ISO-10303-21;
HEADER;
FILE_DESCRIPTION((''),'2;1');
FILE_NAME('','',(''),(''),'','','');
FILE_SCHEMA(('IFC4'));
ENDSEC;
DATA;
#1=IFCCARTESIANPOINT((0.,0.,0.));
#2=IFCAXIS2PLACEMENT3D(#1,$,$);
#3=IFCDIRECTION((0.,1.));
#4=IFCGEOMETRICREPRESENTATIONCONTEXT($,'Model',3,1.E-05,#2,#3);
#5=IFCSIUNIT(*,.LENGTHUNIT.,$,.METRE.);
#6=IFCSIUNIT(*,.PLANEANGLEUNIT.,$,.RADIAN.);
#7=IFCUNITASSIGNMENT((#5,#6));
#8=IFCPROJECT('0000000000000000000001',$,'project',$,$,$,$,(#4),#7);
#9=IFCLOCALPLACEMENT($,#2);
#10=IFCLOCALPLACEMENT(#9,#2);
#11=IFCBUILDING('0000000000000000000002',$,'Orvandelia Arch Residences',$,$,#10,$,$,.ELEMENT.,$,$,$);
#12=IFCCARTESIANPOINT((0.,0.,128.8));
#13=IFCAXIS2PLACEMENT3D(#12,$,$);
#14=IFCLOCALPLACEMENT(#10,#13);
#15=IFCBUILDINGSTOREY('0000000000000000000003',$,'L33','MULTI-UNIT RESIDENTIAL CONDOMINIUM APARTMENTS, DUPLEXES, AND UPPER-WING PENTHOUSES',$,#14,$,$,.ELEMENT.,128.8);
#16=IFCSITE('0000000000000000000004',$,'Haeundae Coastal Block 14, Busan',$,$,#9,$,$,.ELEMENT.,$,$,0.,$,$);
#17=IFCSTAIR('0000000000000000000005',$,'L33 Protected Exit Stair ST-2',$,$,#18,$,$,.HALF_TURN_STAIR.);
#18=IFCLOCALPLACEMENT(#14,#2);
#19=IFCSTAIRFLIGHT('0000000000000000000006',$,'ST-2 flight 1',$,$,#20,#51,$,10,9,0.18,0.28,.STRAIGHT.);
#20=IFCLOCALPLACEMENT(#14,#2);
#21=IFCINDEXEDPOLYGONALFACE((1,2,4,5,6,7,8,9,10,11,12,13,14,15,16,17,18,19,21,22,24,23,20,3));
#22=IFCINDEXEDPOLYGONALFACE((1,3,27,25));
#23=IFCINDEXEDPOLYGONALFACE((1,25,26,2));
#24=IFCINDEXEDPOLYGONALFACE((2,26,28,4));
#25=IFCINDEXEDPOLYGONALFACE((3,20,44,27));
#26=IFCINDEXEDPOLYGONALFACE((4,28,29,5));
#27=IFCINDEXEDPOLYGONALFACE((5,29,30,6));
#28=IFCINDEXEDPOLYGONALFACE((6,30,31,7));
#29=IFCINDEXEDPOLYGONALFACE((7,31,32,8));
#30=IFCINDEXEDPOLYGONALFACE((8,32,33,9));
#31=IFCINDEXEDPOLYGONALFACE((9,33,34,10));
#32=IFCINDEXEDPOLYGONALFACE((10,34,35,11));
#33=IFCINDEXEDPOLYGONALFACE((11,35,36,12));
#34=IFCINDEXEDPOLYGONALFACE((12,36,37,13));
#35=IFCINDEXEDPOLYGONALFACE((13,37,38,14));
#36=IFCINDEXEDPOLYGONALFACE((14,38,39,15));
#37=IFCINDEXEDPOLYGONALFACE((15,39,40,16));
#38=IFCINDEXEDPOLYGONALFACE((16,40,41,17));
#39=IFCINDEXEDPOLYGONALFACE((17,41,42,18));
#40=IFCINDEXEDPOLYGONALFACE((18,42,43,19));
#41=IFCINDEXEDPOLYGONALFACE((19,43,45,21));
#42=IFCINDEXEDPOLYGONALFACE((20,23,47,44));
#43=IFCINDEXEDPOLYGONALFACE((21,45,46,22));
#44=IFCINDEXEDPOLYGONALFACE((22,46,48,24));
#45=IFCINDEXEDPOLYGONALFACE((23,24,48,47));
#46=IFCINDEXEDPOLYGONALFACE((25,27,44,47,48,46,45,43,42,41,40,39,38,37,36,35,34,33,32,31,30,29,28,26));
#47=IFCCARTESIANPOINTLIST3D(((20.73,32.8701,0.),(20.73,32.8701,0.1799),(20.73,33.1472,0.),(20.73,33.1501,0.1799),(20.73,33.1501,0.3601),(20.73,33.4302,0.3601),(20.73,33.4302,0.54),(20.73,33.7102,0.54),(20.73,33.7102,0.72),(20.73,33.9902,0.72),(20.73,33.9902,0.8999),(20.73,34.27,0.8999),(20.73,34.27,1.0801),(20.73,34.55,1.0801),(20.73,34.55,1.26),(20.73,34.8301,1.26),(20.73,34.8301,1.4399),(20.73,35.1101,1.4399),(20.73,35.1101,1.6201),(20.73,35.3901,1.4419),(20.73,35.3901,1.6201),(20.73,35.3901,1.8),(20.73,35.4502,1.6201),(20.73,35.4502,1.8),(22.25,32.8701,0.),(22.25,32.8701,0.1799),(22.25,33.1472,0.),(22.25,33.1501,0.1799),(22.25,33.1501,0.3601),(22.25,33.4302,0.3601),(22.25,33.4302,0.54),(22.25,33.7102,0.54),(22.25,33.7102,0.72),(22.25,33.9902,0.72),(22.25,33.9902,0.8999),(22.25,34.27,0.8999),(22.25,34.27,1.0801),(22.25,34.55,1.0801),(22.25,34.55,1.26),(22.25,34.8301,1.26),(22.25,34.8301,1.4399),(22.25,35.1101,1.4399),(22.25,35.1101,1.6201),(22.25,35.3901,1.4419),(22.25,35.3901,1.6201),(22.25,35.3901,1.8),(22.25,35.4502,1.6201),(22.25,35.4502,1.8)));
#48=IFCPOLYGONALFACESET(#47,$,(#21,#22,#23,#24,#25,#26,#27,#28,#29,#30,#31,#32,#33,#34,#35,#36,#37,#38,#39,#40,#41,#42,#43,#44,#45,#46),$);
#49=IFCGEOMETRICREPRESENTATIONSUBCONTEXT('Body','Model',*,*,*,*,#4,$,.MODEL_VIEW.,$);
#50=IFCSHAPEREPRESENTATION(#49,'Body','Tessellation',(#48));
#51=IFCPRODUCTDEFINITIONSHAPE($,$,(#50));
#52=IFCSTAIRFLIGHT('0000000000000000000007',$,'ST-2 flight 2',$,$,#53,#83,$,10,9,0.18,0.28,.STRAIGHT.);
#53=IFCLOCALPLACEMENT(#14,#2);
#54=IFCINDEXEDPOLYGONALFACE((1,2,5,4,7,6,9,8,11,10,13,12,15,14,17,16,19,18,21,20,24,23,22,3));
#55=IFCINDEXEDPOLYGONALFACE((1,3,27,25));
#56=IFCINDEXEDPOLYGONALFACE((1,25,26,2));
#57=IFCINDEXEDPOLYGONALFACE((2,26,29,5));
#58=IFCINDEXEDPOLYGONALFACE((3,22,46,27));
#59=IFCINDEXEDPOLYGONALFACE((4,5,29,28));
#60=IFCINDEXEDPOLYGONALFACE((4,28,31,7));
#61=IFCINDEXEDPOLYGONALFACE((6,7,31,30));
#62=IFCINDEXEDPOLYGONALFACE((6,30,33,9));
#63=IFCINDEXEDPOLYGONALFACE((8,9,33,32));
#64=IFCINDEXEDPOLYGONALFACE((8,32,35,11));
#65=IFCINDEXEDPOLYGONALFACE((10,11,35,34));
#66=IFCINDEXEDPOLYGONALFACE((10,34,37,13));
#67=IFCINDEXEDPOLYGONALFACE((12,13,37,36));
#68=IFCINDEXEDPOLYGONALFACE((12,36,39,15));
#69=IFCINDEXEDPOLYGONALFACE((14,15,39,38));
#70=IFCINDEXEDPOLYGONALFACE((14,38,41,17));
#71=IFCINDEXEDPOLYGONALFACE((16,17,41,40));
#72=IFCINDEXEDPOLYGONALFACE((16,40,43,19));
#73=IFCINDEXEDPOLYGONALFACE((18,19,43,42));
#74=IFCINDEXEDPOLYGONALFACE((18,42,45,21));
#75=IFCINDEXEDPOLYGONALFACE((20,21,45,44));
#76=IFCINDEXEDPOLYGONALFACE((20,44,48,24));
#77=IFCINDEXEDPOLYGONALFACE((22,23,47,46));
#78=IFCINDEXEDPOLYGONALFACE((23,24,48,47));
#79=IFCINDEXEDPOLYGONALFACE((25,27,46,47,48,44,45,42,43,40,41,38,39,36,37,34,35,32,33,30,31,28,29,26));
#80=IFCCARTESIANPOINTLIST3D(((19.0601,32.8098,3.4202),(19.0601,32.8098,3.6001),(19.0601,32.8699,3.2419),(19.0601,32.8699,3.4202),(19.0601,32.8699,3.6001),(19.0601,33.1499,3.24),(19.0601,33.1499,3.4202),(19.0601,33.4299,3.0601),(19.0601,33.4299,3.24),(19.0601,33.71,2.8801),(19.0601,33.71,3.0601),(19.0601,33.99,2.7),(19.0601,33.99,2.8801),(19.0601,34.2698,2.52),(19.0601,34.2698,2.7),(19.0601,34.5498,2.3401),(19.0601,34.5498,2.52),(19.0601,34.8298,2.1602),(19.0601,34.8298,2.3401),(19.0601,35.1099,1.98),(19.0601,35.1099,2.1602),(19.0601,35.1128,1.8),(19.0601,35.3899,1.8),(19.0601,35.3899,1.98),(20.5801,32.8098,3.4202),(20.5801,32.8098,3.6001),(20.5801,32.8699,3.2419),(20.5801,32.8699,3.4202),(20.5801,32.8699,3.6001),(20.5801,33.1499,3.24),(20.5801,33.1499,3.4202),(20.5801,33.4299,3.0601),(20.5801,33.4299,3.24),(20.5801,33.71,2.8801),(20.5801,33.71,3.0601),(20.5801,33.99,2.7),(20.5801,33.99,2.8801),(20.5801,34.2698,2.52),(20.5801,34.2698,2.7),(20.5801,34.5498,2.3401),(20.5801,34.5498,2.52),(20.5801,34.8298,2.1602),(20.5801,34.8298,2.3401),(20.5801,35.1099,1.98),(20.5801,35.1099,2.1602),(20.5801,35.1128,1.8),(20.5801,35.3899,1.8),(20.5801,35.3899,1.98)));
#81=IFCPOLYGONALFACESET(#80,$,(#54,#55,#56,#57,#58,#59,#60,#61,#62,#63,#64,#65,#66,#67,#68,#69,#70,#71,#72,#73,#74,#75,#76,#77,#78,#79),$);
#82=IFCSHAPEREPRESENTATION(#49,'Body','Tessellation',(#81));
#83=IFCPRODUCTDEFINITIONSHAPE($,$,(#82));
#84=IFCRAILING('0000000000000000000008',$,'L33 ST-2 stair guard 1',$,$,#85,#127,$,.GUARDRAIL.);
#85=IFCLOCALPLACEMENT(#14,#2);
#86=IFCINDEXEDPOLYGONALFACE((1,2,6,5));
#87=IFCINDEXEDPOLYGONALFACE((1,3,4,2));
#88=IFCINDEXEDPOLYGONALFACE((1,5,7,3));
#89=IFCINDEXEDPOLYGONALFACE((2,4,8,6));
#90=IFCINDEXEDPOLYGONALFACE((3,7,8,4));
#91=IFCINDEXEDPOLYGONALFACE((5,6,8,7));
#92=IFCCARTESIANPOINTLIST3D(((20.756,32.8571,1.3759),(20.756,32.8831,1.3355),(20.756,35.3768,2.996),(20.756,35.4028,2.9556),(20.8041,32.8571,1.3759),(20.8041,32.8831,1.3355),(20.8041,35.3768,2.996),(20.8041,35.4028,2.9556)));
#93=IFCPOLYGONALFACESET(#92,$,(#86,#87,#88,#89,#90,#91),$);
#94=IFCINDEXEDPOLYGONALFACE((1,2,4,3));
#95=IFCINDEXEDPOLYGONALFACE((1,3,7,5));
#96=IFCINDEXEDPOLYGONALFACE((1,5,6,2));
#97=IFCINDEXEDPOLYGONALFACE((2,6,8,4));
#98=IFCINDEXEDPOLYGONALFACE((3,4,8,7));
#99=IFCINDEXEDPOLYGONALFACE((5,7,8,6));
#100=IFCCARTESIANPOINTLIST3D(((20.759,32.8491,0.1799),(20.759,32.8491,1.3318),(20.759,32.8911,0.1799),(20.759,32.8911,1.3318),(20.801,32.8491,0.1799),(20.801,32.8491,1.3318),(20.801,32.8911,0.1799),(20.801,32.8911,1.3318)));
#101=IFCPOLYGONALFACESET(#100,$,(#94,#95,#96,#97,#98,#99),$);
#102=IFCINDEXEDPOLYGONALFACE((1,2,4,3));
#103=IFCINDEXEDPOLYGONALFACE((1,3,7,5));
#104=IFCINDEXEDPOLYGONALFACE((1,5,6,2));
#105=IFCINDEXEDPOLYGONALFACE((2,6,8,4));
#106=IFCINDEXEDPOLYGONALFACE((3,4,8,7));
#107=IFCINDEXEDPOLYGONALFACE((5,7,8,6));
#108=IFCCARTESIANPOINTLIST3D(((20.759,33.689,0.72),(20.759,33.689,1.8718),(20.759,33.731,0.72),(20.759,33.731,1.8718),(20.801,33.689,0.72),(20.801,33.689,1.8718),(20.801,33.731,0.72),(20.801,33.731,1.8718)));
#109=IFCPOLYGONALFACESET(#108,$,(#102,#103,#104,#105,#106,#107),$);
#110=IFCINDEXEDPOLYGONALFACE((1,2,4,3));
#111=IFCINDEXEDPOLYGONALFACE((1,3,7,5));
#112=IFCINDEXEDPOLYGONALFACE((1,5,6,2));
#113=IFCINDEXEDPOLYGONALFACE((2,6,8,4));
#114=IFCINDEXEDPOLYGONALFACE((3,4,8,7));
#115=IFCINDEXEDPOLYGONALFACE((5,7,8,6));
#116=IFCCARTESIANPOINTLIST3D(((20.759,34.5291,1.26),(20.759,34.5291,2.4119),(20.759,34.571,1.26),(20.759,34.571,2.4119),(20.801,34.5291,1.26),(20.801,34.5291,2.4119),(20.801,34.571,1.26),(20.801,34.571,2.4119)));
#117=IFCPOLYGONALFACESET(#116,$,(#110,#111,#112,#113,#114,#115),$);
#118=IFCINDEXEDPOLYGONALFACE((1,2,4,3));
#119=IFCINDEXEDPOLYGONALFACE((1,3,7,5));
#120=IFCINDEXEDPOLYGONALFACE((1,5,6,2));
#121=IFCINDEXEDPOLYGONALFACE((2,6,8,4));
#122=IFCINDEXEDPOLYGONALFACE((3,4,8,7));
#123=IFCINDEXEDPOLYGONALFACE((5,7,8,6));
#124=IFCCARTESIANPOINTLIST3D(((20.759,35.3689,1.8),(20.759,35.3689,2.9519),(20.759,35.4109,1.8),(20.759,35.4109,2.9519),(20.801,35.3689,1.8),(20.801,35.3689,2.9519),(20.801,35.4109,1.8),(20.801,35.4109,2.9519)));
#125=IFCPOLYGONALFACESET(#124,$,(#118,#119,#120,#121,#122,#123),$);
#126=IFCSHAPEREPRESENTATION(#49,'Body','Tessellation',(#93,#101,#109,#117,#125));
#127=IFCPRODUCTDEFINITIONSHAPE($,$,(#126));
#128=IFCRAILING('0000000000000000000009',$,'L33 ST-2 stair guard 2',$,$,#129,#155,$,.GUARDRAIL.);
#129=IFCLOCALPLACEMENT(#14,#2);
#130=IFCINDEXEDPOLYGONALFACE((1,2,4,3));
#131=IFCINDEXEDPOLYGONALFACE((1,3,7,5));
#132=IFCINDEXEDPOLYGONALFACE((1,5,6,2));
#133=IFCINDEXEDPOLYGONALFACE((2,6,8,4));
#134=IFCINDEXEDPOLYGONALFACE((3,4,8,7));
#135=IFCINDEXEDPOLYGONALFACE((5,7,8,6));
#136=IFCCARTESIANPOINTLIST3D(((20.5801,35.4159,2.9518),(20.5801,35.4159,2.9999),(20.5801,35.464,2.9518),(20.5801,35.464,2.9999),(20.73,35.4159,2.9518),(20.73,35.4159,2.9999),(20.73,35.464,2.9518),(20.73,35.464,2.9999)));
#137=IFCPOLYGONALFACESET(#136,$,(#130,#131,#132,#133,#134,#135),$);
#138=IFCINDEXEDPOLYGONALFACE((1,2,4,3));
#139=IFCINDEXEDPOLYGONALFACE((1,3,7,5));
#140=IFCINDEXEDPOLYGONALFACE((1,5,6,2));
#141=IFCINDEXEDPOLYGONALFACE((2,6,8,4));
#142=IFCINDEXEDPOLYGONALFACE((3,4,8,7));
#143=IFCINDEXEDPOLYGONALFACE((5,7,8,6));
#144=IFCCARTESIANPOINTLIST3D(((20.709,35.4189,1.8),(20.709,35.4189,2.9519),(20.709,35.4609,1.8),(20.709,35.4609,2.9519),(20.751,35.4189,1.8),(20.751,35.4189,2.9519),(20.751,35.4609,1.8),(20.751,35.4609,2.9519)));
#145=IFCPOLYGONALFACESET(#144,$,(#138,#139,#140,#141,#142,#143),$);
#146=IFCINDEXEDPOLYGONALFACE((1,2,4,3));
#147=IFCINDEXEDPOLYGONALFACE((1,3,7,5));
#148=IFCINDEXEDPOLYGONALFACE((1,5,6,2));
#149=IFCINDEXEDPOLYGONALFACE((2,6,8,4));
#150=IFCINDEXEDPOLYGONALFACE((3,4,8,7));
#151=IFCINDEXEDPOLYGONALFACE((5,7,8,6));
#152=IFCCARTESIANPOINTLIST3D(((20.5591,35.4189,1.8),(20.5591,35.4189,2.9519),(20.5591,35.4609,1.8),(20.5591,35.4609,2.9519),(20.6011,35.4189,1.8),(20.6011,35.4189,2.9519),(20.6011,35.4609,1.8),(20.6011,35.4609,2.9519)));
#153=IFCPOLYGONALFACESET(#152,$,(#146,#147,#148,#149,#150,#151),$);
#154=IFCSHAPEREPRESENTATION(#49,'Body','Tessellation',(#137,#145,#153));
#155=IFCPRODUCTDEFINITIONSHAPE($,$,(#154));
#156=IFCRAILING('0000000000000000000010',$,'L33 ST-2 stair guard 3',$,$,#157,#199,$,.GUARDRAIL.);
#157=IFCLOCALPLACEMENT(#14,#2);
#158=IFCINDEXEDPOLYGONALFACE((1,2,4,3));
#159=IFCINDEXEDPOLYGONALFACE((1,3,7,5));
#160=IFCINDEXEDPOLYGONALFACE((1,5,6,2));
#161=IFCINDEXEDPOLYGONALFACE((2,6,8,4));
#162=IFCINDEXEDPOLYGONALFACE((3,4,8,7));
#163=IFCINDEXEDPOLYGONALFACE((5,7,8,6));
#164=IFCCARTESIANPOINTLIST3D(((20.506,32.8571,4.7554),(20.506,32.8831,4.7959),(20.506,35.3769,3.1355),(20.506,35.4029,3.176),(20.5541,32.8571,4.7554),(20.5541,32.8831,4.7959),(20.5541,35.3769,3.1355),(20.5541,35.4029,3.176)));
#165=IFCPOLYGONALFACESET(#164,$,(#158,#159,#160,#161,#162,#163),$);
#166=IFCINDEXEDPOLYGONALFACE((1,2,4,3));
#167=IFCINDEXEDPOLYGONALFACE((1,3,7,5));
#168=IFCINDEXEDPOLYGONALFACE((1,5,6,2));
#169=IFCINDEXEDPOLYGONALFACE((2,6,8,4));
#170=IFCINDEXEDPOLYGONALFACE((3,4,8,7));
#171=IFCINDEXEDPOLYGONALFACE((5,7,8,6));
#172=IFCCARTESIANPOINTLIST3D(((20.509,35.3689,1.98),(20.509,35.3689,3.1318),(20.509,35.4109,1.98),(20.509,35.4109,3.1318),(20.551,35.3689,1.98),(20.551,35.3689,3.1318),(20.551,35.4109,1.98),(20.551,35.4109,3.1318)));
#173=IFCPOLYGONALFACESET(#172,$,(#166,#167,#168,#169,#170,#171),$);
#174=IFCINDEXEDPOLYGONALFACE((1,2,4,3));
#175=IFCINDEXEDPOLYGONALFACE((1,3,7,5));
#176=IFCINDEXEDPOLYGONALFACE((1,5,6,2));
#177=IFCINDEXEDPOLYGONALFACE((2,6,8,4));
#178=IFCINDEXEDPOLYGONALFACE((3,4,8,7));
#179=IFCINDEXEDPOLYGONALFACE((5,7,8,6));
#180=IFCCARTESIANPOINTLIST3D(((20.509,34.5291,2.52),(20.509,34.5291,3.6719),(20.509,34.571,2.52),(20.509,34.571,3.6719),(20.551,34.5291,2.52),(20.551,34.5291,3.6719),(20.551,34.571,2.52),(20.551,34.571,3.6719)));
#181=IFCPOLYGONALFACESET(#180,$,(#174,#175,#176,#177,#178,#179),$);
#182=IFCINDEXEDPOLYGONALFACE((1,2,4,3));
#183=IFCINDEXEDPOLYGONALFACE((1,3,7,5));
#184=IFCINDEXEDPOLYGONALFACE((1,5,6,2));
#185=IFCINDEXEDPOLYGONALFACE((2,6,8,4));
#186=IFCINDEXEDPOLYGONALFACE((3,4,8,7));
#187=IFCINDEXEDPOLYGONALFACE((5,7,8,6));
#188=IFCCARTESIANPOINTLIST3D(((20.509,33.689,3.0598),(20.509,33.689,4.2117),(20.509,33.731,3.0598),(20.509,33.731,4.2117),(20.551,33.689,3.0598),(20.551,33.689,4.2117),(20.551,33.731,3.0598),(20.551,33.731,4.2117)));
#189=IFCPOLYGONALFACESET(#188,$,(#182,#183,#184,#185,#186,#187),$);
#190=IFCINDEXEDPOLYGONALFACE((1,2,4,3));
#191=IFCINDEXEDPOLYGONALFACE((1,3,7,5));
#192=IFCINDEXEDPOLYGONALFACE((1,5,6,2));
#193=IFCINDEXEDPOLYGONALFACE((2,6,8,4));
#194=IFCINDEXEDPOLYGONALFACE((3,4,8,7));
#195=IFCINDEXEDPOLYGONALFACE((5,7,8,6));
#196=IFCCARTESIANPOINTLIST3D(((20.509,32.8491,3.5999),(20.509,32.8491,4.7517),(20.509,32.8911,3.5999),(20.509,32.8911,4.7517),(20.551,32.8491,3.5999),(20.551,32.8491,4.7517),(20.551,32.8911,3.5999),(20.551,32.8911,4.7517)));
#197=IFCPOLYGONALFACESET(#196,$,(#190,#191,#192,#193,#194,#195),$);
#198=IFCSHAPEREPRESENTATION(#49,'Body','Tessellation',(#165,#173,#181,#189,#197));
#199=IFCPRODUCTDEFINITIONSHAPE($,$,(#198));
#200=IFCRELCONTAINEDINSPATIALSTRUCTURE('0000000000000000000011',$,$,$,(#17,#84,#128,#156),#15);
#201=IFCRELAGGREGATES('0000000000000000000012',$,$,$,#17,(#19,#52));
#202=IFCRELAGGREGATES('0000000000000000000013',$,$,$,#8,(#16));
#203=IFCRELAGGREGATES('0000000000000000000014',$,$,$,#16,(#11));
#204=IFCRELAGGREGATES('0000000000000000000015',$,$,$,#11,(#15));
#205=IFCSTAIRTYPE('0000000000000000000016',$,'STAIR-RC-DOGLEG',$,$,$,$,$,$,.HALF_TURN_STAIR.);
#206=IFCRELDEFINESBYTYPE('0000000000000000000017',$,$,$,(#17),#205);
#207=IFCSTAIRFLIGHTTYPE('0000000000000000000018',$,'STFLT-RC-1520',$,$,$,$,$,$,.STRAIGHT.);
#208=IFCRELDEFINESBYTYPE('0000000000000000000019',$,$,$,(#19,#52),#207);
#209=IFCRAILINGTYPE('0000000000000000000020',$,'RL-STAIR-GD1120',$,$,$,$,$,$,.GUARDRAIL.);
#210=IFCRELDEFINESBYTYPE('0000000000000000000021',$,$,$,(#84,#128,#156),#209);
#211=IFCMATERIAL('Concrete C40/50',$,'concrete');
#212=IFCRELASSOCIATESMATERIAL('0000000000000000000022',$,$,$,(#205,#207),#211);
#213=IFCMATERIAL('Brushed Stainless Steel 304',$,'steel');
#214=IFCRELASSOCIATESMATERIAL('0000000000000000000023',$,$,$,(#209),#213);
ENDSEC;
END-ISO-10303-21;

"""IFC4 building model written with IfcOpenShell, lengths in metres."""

from ifc_helpers import new_model, si_unit, direction, frame, origin, origin_2d, place, context, subcontext, project, spatial, polyline, rectangle, outline, extrude, material, type_object, element, aggregate, save


model = new_model("IFC4")

# Units and contexts
model_context = context("Model", 3, precision=1e-05, world=origin(), true_north=direction((0.0, 1.0)))
body_context = subcontext(model_context, "Body", "Model", "MODEL_VIEW")
ifc_project = project(units=[si_unit("LENGTHUNIT", "METRE"), si_unit("PLANEANGLEUNIT", "RADIAN")], contexts=[model_context])

# Site, building, storey
site_placement = place(None, origin())
site = spatial("IfcSite", under=ifc_project, at=site_placement, Name="Haeundae Coastal Block 14, Busan", CompositionType="ELEMENT", RefElevation=0.0)
building_placement = place(site_placement, origin())
building = spatial("IfcBuilding", under=site, at=building_placement, Name="Orvandelia Arch Residences", CompositionType="ELEMENT")
storey_placement = place(building_placement, frame((0.0, 0.0, 128.8)))
storey = spatial("IfcBuildingStorey", under=building, at=storey_placement, Name="L33", Description="MULTI-UNIT RESIDENTIAL CONDOMINIUM APARTMENTS, DUPLEXES, AND UPPER-WING PENTHOUSES", CompositionType="ELEMENT", Elevation=128.8)

# Stair, stair flights
ifc_material_1 = material(Name="Concrete C40/50", Category="concrete")
stair_type = type_object("IfcStairType", Name="STAIR-RC-DOGLEG", PredefinedType="HALF_TURN_STAIR", material=ifc_material_1)
stair_placement = place(storey_placement, origin())
stair = element("IfcStair", 1, at=stair_placement, inside=storey, type_object=stair_type, Name="L33 Protected Exit Stair ST-2", PredefinedType="HALF_TURN_STAIR")
stair_flight_type = type_object("IfcStairFlightType", Name="STFLT-RC-1520", PredefinedType="STRAIGHT", material=ifc_material_1)
stair_flight_1_placement = place(storey_placement, frame((21.49, 32.8701, 0.0), z_axis=(0.0, 0.0, 1.0), x_axis=(0.0, 1.0, 0.0)))
stair_flight_1 = element("IfcStairFlight", 2, at=stair_flight_1_placement, type_object=stair_flight_type, Name="ST-2 flight 1", NumberOfRisers=10, NumberOfTreads=9, PredefinedType="STRAIGHT", RiserHeight=0.18, TreadLength=0.28, context=body_context, shape_type="SweptSolid", body=[
    extrude(outline(polyline([(0.0, 0.0), (0.0, 0.1799), (0.28, 0.1799), (0.28, 0.3601), (0.5601, 0.3601), (0.5601, 0.54), (0.8401, 0.54), (0.8401, 0.72), (1.1201, 0.72), (1.1201, 0.8999), (1.3999, 0.8999), (1.3999, 1.0801), (1.6799, 1.0801), (1.6799, 1.26), (1.96, 1.26), (1.96, 1.4399), (2.24, 1.4399), (2.24, 1.6201), (2.52, 1.6201), (2.52, 1.8), (2.5801, 1.8), (2.5801, 1.6201), (2.52, 1.4419), (0.2771, 0.0), (0.0, 0.0)])), frame((0.0, 0.76, 0.0), z_axis=(0.0, -1.0, 0.0), x_axis=(1.0, 0.0, 0.0)), (0.0, 0.0, 1.0), 1.52),
])
stair_flight_2_placement = place(storey_placement, frame((19.8201, 35.3899, 1.8), z_axis=(0.0, 0.0, 1.0), x_axis=(0.0, -1.0, 0.0)))
stair_flight_2 = element("IfcStairFlight", 3, at=stair_flight_2_placement, type_object=stair_flight_type, Name="ST-2 flight 2", NumberOfRisers=10, NumberOfTreads=9, PredefinedType="STRAIGHT", RiserHeight=0.18, TreadLength=0.28, context=body_context, shape_type="SweptSolid", body=[
    extrude(outline(polyline([(0.0, 0.0), (0.0, 0.1799), (0.28, 0.1799), (0.28, 0.3601), (0.5601, 0.3601), (0.5601, 0.54), (0.8401, 0.54), (0.8401, 0.72), (1.1201, 0.72), (1.1201, 0.8999), (1.3999, 0.8999), (1.3999, 1.0801), (1.6799, 1.0801), (1.6799, 1.26), (1.96, 1.26), (1.96, 1.4399), (2.24, 1.4399), (2.24, 1.6201), (2.52, 1.6201), (2.52, 1.8), (2.5801, 1.8), (2.5801, 1.6201), (2.52, 1.4419), (0.2771, 0.0), (0.0, 0.0)])), frame((0.0, 0.76, 0.0), z_axis=(0.0, -1.0, 0.0), x_axis=(1.0, 0.0, 0.0)), (0.0, 0.0, 1.0), 1.52),
])
aggregate(stair, [stair_flight_1, stair_flight_2])

# Railings
ifc_material_2 = material(Name="Brushed Stainless Steel 304", Category="steel")
railing_type_1 = type_object("IfcRailingType", Name="RL-STAIR-GD1120", PredefinedType="GUARDRAIL", material=ifc_material_2)
railing_1_placement = place(storey_placement, frame((20.78, 32.8701, 0.1799)))
element("IfcRailing", 4, at=railing_1_placement, inside=storey, type_object=railing_type_1, Name="L33 ST-2 stair guard 1", PredefinedType="GUARDRAIL", context=body_context, shape_type="SweptSolid", body=[
    extrude(rectangle(XDim=0.0481, YDim=0.0481, at=origin_2d()), frame((0.0, 0.0, 1.1758), z_axis=(0.0, 0.841139, 0.540819), x_axis=(-1.0, 0.0, 0.0)), (0.0, 0.0, 1.0), 2.9956),
    extrude(rectangle(XDim=0.042, YDim=0.042, at=origin_2d()), origin(), (0.0, 0.0, 1.0), 1.1519),
    extrude(rectangle(XDim=0.042, YDim=0.042, at=origin_2d()), frame((0.0, 0.8398, 0.54)), (0.0, 0.0, 1.0), 1.1519),
    extrude(rectangle(XDim=0.042, YDim=0.042, at=origin_2d()), frame((0.0, 1.6799, 1.0801)), (0.0, 0.0, 1.0), 1.1519),
    extrude(rectangle(XDim=0.042, YDim=0.042, at=origin_2d()), frame((0.0, 2.5198, 1.6201)), (0.0, 0.0, 1.0), 1.1519),
])
railing_2_placement = place(storey_placement, frame((20.73, 35.4399, 1.8)))
element("IfcRailing", 5, at=railing_2_placement, inside=storey, type_object=railing_type_1, Name="L33 ST-2 stair guard 2", PredefinedType="GUARDRAIL", context=body_context, shape_type="SweptSolid", body=[
    extrude(rectangle(XDim=0.0481, YDim=0.0481, at=origin_2d()), frame((0.0, 0.0, 1.1758), z_axis=(-1.0, 0.0, 0.0), x_axis=(0.0, -1.0, 0.0)), (0.0, 0.0, 1.0), 0.1499),
    extrude(rectangle(XDim=0.042, YDim=0.042, at=origin_2d()), origin(), (0.0, 0.0, 1.0), 1.1519),
    extrude(rectangle(XDim=0.042, YDim=0.042, at=origin_2d()), frame((-0.1499, 0.0, 0.0)), (0.0, 0.0, 1.0), 1.1519),
])
railing_3_placement = place(storey_placement, frame((20.53, 35.3899, 1.98)))
element("IfcRailing", 6, at=railing_3_placement, inside=storey, type_object=railing_type_1, Name="L33 ST-2 stair guard 3", PredefinedType="GUARDRAIL", context=body_context, shape_type="SweptSolid", body=[
    extrude(rectangle(XDim=0.0481, YDim=0.0481, at=origin_2d()), frame((0.0, 0.0, 1.1758), z_axis=(0.0, -0.841176, 0.540762), x_axis=(1.0, 0.0, 0.0)), (0.0, 0.0, 1.0), 2.9956),
    extrude(rectangle(XDim=0.042, YDim=0.042, at=origin_2d()), origin(), (0.0, 0.0, 1.0), 1.1519),
    extrude(rectangle(XDim=0.042, YDim=0.042, at=origin_2d()), frame((0.0, -0.8398, 0.54)), (0.0, 0.0, 1.0), 1.1519),
    extrude(rectangle(XDim=0.042, YDim=0.042, at=origin_2d()), frame((0.0, -1.6799, 1.0798)), (0.0, 0.0, 1.0), 1.1519),
    extrude(rectangle(XDim=0.042, YDim=0.042, at=origin_2d()), frame((0.0, -2.5198, 1.6199)), (0.0, 0.0, 1.0), 1.1519),
])

save(model, "model.ifc")
